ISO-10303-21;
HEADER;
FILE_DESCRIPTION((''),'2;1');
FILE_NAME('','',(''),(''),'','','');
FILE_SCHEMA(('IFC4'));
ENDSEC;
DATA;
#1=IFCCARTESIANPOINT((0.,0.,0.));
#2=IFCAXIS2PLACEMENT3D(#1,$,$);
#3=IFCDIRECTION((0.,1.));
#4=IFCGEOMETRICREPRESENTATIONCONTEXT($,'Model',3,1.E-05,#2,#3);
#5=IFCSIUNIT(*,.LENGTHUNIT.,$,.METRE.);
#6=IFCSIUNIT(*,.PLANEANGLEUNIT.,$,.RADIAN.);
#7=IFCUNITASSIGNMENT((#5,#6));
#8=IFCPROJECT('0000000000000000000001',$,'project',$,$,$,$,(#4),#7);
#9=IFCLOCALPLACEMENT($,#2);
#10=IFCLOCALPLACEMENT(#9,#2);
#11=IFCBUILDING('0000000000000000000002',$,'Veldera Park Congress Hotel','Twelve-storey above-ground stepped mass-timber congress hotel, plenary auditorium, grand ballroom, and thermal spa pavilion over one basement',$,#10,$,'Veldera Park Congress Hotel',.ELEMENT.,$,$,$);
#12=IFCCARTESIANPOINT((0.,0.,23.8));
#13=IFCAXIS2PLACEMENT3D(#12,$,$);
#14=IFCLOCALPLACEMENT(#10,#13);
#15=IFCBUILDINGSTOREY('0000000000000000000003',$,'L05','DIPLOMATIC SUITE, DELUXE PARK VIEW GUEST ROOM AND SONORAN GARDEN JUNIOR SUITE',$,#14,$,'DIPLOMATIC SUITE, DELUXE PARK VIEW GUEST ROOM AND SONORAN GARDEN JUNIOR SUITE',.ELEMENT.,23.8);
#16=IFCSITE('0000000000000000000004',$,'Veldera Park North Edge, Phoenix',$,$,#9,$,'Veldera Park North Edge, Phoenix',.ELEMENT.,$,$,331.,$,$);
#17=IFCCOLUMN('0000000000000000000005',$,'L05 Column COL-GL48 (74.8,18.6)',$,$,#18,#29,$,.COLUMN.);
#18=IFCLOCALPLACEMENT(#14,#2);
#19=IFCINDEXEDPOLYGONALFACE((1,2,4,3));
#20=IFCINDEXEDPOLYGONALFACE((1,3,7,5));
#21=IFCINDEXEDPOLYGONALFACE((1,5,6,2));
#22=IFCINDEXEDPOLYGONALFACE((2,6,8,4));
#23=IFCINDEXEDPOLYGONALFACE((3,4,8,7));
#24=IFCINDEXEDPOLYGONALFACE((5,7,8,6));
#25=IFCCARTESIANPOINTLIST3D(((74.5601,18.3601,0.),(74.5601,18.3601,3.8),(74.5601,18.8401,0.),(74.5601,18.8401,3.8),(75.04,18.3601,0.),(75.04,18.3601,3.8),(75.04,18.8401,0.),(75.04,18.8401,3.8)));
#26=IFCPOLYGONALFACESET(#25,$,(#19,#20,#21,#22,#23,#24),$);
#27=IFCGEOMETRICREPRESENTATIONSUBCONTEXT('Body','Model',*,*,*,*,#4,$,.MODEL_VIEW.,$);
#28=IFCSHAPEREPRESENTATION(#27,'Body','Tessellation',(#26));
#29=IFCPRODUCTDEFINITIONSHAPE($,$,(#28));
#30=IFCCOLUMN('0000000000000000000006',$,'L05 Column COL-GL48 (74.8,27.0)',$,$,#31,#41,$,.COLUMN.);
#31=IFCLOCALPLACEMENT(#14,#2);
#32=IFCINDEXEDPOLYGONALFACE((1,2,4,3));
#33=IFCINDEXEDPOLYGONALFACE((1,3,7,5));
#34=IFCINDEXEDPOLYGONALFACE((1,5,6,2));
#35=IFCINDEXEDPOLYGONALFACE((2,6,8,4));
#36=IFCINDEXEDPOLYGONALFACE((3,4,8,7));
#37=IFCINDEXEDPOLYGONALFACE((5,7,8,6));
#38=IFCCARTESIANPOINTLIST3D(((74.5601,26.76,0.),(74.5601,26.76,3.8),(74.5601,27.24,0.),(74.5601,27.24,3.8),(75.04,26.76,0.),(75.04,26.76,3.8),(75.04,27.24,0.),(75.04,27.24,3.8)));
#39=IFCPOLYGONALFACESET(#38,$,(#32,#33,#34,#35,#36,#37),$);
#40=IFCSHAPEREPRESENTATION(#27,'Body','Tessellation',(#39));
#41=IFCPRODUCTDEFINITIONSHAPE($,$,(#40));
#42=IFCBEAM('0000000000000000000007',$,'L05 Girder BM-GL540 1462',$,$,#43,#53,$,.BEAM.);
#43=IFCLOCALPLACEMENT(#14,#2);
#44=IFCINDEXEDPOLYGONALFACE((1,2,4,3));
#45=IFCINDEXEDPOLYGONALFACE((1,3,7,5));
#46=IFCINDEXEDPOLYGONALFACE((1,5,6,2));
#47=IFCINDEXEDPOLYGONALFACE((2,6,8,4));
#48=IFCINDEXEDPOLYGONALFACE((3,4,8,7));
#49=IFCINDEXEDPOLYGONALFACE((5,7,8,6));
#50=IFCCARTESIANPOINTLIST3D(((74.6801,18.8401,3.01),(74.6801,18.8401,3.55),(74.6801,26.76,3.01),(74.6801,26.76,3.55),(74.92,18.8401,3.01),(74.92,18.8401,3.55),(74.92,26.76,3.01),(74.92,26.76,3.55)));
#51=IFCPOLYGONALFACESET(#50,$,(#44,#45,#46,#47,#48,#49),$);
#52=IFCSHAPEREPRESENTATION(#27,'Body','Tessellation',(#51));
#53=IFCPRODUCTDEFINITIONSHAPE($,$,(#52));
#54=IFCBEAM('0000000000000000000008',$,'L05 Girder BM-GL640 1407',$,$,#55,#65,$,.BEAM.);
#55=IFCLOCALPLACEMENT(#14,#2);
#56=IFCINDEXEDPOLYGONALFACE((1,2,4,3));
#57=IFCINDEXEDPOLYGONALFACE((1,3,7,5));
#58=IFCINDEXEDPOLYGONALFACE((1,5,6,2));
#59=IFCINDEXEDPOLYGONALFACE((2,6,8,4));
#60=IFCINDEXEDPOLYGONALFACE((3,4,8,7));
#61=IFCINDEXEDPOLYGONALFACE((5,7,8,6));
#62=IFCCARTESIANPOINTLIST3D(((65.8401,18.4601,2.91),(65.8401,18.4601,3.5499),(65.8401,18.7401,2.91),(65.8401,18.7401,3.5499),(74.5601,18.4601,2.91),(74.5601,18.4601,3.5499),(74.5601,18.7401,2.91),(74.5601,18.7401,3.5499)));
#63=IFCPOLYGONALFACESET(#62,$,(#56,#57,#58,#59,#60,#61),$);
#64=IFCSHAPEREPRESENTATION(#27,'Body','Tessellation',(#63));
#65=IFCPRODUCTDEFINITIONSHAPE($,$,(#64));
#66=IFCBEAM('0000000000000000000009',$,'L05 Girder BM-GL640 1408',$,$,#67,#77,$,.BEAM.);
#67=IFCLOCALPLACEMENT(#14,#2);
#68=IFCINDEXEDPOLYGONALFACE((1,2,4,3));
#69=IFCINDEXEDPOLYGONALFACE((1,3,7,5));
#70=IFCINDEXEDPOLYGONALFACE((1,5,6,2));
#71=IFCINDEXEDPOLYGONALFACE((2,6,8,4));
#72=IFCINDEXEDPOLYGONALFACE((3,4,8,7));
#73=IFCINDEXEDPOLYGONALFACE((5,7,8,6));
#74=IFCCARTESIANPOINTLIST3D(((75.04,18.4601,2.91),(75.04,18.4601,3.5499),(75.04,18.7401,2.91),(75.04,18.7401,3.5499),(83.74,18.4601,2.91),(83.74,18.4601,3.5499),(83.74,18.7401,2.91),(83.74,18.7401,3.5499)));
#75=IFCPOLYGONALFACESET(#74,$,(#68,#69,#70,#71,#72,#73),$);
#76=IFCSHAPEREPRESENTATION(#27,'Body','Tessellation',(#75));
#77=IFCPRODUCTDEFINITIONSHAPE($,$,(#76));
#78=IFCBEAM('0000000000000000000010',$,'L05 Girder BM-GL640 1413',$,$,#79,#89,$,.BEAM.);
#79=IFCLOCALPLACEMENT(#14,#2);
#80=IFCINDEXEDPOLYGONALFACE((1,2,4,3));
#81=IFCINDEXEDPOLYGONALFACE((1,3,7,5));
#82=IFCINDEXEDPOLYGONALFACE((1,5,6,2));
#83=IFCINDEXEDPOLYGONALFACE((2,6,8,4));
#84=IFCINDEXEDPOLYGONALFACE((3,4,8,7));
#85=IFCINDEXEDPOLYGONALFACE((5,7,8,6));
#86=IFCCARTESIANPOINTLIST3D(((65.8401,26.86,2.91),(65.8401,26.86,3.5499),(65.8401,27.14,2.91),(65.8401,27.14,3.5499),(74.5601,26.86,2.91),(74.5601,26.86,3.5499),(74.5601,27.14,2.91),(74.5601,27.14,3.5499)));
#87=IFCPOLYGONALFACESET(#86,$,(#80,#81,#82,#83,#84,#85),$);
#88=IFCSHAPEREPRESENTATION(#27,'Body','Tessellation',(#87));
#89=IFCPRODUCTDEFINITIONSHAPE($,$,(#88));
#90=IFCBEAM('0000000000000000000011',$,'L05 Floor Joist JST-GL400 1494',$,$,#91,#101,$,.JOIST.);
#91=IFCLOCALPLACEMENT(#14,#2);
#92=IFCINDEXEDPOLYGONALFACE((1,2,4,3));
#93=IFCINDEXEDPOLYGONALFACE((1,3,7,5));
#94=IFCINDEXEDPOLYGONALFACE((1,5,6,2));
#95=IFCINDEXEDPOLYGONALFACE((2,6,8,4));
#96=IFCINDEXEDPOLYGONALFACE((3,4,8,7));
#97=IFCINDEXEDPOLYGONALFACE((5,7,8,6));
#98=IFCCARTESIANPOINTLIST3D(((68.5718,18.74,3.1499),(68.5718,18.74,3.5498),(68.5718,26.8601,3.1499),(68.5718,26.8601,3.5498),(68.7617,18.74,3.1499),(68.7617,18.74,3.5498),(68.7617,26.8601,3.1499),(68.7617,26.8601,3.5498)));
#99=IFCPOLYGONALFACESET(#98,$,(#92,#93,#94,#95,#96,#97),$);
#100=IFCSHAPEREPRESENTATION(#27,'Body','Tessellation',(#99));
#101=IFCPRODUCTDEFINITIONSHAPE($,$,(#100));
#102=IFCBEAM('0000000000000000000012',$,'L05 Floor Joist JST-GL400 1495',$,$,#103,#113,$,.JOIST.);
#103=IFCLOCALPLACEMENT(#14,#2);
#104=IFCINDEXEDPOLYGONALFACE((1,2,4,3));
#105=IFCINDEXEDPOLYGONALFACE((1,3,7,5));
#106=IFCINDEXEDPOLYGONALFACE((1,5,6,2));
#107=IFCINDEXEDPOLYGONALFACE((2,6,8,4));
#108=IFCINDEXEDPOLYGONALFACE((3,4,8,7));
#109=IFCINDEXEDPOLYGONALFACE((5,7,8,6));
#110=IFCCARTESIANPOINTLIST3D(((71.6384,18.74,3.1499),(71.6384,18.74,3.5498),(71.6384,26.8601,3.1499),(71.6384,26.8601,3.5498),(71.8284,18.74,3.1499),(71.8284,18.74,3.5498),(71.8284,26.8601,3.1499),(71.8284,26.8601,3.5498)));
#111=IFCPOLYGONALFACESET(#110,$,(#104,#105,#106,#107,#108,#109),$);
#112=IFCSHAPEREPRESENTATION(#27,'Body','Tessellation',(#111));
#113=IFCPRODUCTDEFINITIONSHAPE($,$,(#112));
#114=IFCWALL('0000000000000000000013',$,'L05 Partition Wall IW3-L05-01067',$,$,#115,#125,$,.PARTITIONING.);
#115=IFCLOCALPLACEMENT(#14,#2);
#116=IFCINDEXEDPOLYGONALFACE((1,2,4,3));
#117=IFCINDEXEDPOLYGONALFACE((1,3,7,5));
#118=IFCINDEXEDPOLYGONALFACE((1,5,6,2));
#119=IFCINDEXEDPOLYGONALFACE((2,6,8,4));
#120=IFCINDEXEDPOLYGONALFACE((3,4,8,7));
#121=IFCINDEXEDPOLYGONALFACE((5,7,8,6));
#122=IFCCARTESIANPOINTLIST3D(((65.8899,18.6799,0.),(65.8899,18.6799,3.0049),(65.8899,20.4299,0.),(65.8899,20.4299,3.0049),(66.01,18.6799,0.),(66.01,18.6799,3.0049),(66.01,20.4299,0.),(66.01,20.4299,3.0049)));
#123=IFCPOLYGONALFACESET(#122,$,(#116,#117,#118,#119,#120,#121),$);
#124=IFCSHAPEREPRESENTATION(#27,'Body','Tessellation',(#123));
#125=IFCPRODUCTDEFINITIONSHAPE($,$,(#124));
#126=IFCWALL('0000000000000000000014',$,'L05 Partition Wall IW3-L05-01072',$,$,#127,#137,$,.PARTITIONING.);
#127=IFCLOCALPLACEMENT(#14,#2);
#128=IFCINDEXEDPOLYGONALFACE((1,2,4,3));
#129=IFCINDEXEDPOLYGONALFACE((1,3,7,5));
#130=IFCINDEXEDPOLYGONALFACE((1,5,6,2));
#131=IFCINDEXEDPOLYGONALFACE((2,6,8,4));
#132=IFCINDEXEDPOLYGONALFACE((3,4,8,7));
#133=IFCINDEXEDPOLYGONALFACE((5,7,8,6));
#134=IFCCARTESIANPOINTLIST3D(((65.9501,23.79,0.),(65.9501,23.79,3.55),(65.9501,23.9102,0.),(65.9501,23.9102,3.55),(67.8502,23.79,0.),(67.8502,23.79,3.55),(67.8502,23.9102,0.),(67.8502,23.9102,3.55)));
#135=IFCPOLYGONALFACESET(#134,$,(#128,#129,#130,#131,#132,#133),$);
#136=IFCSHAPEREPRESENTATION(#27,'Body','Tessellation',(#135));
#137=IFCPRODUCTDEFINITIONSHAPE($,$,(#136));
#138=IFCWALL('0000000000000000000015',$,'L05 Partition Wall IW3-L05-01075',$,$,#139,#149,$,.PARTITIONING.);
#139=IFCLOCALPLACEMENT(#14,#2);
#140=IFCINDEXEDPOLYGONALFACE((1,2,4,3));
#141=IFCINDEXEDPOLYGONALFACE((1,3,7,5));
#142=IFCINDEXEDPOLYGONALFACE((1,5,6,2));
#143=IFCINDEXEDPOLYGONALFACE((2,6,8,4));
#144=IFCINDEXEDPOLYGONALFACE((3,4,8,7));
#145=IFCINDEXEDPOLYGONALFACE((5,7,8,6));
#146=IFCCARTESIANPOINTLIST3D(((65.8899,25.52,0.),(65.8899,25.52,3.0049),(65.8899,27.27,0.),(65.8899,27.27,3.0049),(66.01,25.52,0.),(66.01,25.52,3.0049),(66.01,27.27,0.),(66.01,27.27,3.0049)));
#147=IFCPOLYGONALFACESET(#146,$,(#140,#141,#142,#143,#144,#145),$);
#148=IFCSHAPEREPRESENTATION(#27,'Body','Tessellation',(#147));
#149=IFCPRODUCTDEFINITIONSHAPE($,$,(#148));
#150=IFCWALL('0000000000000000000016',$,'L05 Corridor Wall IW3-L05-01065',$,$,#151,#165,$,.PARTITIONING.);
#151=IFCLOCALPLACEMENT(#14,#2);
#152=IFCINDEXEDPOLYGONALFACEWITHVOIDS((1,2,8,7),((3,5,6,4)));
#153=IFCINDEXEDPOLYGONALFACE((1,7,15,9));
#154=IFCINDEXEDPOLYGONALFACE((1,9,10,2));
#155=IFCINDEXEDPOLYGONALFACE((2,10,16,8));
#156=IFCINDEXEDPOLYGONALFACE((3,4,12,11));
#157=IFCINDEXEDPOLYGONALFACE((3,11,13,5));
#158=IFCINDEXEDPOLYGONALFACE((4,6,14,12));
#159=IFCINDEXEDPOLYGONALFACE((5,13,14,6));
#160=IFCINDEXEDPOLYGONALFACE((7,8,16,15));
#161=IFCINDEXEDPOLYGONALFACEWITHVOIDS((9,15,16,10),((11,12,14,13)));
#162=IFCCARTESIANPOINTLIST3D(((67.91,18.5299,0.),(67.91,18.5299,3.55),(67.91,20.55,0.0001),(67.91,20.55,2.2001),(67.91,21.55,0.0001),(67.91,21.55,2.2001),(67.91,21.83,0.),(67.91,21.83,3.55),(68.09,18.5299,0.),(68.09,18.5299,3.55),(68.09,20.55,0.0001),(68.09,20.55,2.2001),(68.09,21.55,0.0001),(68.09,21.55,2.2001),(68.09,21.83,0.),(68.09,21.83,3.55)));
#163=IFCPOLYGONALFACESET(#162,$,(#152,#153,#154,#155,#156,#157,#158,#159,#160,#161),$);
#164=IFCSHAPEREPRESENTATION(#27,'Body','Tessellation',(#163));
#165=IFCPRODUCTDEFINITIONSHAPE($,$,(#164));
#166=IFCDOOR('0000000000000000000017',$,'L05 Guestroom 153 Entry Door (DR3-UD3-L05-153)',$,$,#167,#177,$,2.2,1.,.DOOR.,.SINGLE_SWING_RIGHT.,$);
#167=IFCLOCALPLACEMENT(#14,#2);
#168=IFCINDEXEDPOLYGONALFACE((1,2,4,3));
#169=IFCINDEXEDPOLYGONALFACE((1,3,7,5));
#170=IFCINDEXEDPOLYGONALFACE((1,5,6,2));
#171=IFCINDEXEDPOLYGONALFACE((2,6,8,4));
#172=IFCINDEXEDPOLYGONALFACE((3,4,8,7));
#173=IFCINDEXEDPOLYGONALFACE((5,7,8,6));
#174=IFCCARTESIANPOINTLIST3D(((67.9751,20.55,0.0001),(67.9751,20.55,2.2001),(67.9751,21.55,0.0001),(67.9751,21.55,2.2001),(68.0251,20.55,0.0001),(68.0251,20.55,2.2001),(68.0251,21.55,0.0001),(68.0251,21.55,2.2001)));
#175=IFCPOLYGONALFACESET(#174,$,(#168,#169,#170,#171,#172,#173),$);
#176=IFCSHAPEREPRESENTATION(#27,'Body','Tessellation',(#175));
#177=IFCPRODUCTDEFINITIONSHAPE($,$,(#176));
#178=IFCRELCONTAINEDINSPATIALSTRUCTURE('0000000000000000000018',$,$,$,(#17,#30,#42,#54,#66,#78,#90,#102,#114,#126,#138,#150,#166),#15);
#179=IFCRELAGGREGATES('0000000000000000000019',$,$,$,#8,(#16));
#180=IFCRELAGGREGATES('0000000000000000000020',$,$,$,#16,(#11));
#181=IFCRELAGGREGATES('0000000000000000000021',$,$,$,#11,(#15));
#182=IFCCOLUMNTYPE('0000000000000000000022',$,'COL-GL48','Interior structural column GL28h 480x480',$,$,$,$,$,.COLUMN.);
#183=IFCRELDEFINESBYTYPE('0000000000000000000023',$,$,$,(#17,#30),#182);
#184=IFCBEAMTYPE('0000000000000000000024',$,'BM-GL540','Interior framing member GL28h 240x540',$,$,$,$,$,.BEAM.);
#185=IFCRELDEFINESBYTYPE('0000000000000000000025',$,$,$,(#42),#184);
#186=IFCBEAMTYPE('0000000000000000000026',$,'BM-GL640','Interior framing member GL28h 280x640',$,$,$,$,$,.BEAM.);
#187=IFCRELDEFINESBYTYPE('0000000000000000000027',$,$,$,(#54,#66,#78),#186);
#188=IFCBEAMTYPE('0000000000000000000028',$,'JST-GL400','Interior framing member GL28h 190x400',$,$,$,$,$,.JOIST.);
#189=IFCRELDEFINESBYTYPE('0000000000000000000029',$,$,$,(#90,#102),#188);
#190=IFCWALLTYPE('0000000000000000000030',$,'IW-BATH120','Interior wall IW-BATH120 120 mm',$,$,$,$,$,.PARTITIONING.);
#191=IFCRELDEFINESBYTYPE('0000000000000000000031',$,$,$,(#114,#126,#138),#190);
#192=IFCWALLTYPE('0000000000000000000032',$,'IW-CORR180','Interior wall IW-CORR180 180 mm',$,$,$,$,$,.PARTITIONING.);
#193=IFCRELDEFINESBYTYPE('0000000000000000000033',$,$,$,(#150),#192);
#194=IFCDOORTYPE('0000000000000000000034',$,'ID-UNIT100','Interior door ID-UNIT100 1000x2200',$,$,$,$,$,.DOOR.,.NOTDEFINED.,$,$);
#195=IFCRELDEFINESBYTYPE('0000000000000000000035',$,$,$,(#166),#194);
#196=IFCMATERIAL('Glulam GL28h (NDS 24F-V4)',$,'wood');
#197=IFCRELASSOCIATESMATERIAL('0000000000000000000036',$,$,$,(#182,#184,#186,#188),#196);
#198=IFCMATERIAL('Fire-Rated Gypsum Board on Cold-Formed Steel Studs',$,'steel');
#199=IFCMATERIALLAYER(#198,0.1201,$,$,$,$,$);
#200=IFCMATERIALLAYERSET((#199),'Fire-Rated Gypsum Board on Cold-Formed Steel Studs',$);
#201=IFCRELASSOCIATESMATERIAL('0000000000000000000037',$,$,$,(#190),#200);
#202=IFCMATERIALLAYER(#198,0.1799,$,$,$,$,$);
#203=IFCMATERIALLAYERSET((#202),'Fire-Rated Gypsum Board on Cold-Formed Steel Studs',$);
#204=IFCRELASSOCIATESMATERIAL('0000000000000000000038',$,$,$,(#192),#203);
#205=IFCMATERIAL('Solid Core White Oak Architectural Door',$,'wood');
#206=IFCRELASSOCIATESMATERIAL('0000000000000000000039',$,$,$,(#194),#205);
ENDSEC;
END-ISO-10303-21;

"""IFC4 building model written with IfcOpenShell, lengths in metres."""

from ifc_helpers import new_model, si_unit, direction, frame, frame_2d, origin, origin_2d, place, context, subcontext, project, spatial, rectangle, extrude, material, layer, layer_set, material_profile, profile_set, type_object, element, fill, save


model = new_model("IFC4")

# Units and contexts
model_context = context("Model", 3, precision=1e-05, world=origin(), true_north=direction((0.0, 1.0)))
body_context = subcontext(model_context, "Body", "Model", "MODEL_VIEW")
ifc_project = project(units=[si_unit("LENGTHUNIT", "METRE"), si_unit("PLANEANGLEUNIT", "RADIAN")], contexts=[model_context])

# Site, building, storey
site_placement = place(None, origin())
site = spatial("IfcSite", under=ifc_project, at=site_placement, Name="Veldera Park North Edge, Phoenix", LongName="Veldera Park North Edge, Phoenix", CompositionType="ELEMENT", RefElevation=331.0)
building_placement = place(site_placement, origin())
building = spatial("IfcBuilding", under=site, at=building_placement, Name="Veldera Park Congress Hotel", Description="Twelve-storey above-ground stepped mass-timber congress hotel, plenary auditorium, grand ballroom, and thermal spa pavilion over one basement", LongName="Veldera Park Congress Hotel", CompositionType="ELEMENT")
storey_placement = place(building_placement, frame((0.0, 0.0, 23.8)))
storey = spatial("IfcBuildingStorey", under=building, at=storey_placement, Name="L05", Description="DIPLOMATIC SUITE, DELUXE PARK VIEW GUEST ROOM AND SONORAN GARDEN JUNIOR SUITE", LongName="DIPLOMATIC SUITE, DELUXE PARK VIEW GUEST ROOM AND SONORAN GARDEN JUNIOR SUITE", CompositionType="ELEMENT", Elevation=23.8)

# Columns
ifc_material_1 = material(Name="Glulam GL28h (NDS 24F-V4)", Category="wood")
ifc_material_profile_1 = material_profile(ifc_material_1, rectangle(XDim=0.48, YDim=0.48, at=origin_2d()), Name="GL28h 480x480")
ifc_profile_set_1 = profile_set([ifc_material_profile_1], Name="Glulam GL28h (NDS 24F-V4)")
column_type = type_object("IfcColumnType", Name="COL-GL48", Description="Interior structural column GL28h 480x480", PredefinedType="COLUMN", material=ifc_profile_set_1)
for number, where, z_axis, x_axis, name in (
    (1, (74.8, 18.6001, 0.0), (0.0, 0.0, 1.0), (1.0, 0.0, 0.0), "L05 Column COL-GL48 (74.8,18.6)"),
    (2, (74.8, 27.0, 0.0), (0.0, 0.0, 1.0), (1.0, 0.0, 0.0), "L05 Column COL-GL48 (74.8,27.0)"),
):
    element("IfcColumn", number, at=place(storey_placement, frame(where, z_axis=z_axis, x_axis=x_axis)), inside=storey, type_object=column_type, Name=name, PredefinedType="COLUMN", context=body_context, shape_type="SweptSolid", body=[
        extrude(rectangle(XDim=0.48, YDim=0.48, at=origin_2d()), origin(), (0.0, 0.0, 1.0), 3.8),
    ])

# Beams
ifc_material_profile_2 = material_profile(ifc_material_1, rectangle(XDim=0.24, YDim=0.54, at=origin_2d()), Name="GL28h 240x540")
ifc_profile_set_2 = profile_set([ifc_material_profile_2], Name="Glulam GL28h (NDS 24F-V4)")
beam_type_1 = type_object("IfcBeamType", Name="BM-GL540", Description="Interior framing member GL28h 240x540", PredefinedType="BEAM", material=ifc_profile_set_2)
beam_1_placement = place(storey_placement, frame((74.8, 18.8401, 3.28), z_axis=(0.0, 1.0, 0.0), x_axis=(-1.0, 0.0, 0.0)))
element("IfcBeam", 3, at=beam_1_placement, inside=storey, type_object=beam_type_1, Name="L05 Girder BM-GL540 1462", PredefinedType="BEAM", context=body_context, shape_type="SweptSolid", body=[
    extrude(rectangle(XDim=0.24, YDim=0.54, at=origin_2d()), origin(), (0.0, 0.0, 1.0), 7.9199),
])
ifc_material_profile_3 = material_profile(ifc_material_1, rectangle(XDim=0.28, YDim=0.6399, at=origin_2d()), Name="GL28h 280x640")
ifc_profile_set_3 = profile_set([ifc_material_profile_3], Name="Glulam GL28h (NDS 24F-V4)")
beam_type_2 = type_object("IfcBeamType", Name="BM-GL640", Description="Interior framing member GL28h 280x640", PredefinedType="BEAM", material=ifc_profile_set_3)
beam_2_placement = place(storey_placement, frame((65.8401, 18.6001, 3.23), z_axis=(1.0, 0.0, 0.0), x_axis=(0.0, 1.0, 0.0)))
element("IfcBeam", 4, at=beam_2_placement, inside=storey, type_object=beam_type_2, Name="L05 Girder BM-GL640 1407", PredefinedType="BEAM", context=body_context, shape_type="SweptSolid", body=[
    extrude(rectangle(XDim=0.28, YDim=0.6399, at=origin_2d()), origin(), (0.0, 0.0, 1.0), 8.72),
])
beam_3_placement = place(storey_placement, frame((75.04, 18.6001, 3.23), z_axis=(1.0, 0.0, 0.0), x_axis=(0.0, 1.0, 0.0)))
element("IfcBeam", 5, at=beam_3_placement, inside=storey, type_object=beam_type_2, Name="L05 Girder BM-GL640 1408", PredefinedType="BEAM", context=body_context, shape_type="SweptSolid", body=[
    extrude(rectangle(XDim=0.28, YDim=0.6399, at=origin_2d()), origin(), (0.0, 0.0, 1.0), 8.7),
])
beam_4_placement = place(storey_placement, frame((65.8401, 27.0, 3.23), z_axis=(1.0, 0.0, 0.0), x_axis=(0.0, 1.0, 0.0)))
element("IfcBeam", 6, at=beam_4_placement, inside=storey, type_object=beam_type_2, Name="L05 Girder BM-GL640 1413", PredefinedType="BEAM", context=body_context, shape_type="SweptSolid", body=[
    extrude(rectangle(XDim=0.28, YDim=0.6399, at=origin_2d()), origin(), (0.0, 0.0, 1.0), 8.72),
])
ifc_material_profile_4 = material_profile(ifc_material_1, rectangle(XDim=0.1899, YDim=0.3999, at=origin_2d()), Name="GL28h 190x400")
ifc_profile_set_4 = profile_set([ifc_material_profile_4], Name="Glulam GL28h (NDS 24F-V4)")
beam_type_3 = type_object("IfcBeamType", Name="JST-GL400", Description="Interior framing member GL28h 190x400", PredefinedType="JOIST", material=ifc_profile_set_4)
for number, where, z_axis, x_axis, name in (
    (7, (68.6667, 18.74, 3.3499), (0.0, 1.0, 0.0), (-1.0, 0.0, 0.0), "L05 Floor Joist JST-GL400 1494"),
    (8, (71.7334, 18.74, 3.3499), (0.0, 1.0, 0.0), (-1.0, 0.0, 0.0), "L05 Floor Joist JST-GL400 1495"),
):
    element("IfcBeam", number, at=place(storey_placement, frame(where, z_axis=z_axis, x_axis=x_axis)), inside=storey, type_object=beam_type_3, Name=name, PredefinedType="JOIST", context=body_context, shape_type="SweptSolid", body=[
        extrude(rectangle(XDim=0.1899, YDim=0.3999, at=origin_2d()), origin(), (0.0, 0.0, 1.0), 8.1201),
    ])

# Wall
ifc_material_2 = material(Name="Fire-Rated Gypsum Board on Cold-Formed Steel Studs", Category="steel")
ifc_layer_1 = layer(ifc_material_2, 0.1201)
ifc_layer_set_1 = layer_set([ifc_layer_1], Name="Fire-Rated Gypsum Board on Cold-Formed Steel Studs")
wall_type_1 = type_object("IfcWallType", Name="IW-BATH120", Description="Interior wall IW-BATH120 120 mm", PredefinedType="PARTITIONING", material=ifc_layer_set_1)
wall_1_placement = place(storey_placement, frame((65.95, 18.6799, 0.0), z_axis=(0.0, 0.0, 1.0), x_axis=(0.0, 1.0, 0.0)))
element("IfcWall", 9, at=wall_1_placement, inside=storey, type_object=wall_type_1, Name="L05 Partition Wall IW3-L05-01067", PredefinedType="PARTITIONING", context=body_context, shape_type="SweptSolid", body=[
    extrude(rectangle(XDim=1.75, YDim=0.1201, at=frame_2d((0.875, 0.0))), origin(), (0.0, 0.0, 1.0), 3.0049),
])

# Shared definitions
ifc_material_3 = material(Name="Solid Core White Oak Architectural Door", Category="wood")

# Walls
wall_2_placement = place(storey_placement, frame((65.95, 23.8501, 0.0), z_axis=(0.0, 0.0, 1.0), x_axis=(1.0, 0.0, 0.0)))
element("IfcWall", 10, at=wall_2_placement, inside=storey, type_object=wall_type_1, Name="L05 Partition Wall IW3-L05-01072", PredefinedType="PARTITIONING", context=body_context, shape_type="SweptSolid", body=[
    extrude(rectangle(XDim=1.9001, YDim=0.1201, at=frame_2d((0.9502, 0.0))), origin(), (0.0, 0.0, 1.0), 3.55),
])
wall_3_placement = place(storey_placement, frame((65.95, 25.52, 0.0), z_axis=(0.0, 0.0, 1.0), x_axis=(0.0, 1.0, 0.0)))
element("IfcWall", 11, at=wall_3_placement, inside=storey, type_object=wall_type_1, Name="L05 Partition Wall IW3-L05-01075", PredefinedType="PARTITIONING", context=body_context, shape_type="SweptSolid", body=[
    extrude(rectangle(XDim=1.75, YDim=0.1201, at=frame_2d((0.875, 0.0))), origin(), (0.0, 0.0, 1.0), 3.0049),
])

# Wall, opening, door
ifc_layer_2 = layer(ifc_material_2, 0.1799)
ifc_layer_set_2 = layer_set([ifc_layer_2], Name="Fire-Rated Gypsum Board on Cold-Formed Steel Studs")
wall_type_2 = type_object("IfcWallType", Name="IW-CORR180", Description="Interior wall IW-CORR180 180 mm", PredefinedType="PARTITIONING", material=ifc_layer_set_2)
wall_4_placement = place(storey_placement, frame((68.0, 18.53, 0.0), z_axis=(0.0, 0.0, 1.0), x_axis=(0.0, 1.0, 0.0)))
wall_4 = element("IfcWall", 12, at=wall_4_placement, inside=storey, type_object=wall_type_2, Name="L05 Corridor Wall IW3-L05-01065", PredefinedType="PARTITIONING", context=body_context, shape_type="SweptSolid", body=[
    extrude(rectangle(XDim=3.3, YDim=0.1799, at=frame_2d((1.6499, 0.0))), origin(), (0.0, 0.0, 1.0), 3.55),
])
opening_1_placement = place(wall_4_placement, frame((2.02, 0.0, 0.0)))
opening_1 = element("IfcOpeningElement", 13, at=opening_1_placement, cuts=wall_4, PredefinedType="OPENING", context=body_context, shape_type="SweptSolid", body=[
    extrude(rectangle(XDim=1.0, YDim=2.2, at=frame_2d((0.5, 1.1001))), frame((0.0, 0.1021, 0.0), z_axis=(0.0, -1.0, 0.0), x_axis=(1.0, 0.0, 0.0)), (0.0, 0.0, 1.0), 0.2039),
])
door_type_1 = type_object("IfcDoorType", Name="ID-UNIT100", Description="Interior door ID-UNIT100 1000x2200", OperationType="NOTDEFINED", PredefinedType="DOOR", material=ifc_material_3)
door_1_placement = place(opening_1_placement, origin())
door_1 = element("IfcDoor", 14, at=door_1_placement, inside=storey, type_object=door_type_1, Name="L05 Guestroom 153 Entry Door (DR3-UD3-L05-153)", OperationType="SINGLE_SWING_RIGHT", OverallHeight=2.2, OverallWidth=1.0, PredefinedType="DOOR", context=body_context, shape_type="SweptSolid", body=[
    extrude(rectangle(XDim=1.0, YDim=2.2, at=frame_2d((0.5, 1.1001))), frame((0.0, 0.0249, 0.0), z_axis=(0.0, -1.0, 0.0), x_axis=(1.0, 0.0, 0.0)), (0.0, 0.0, 1.0), 0.05),
])
fill(opening_1, door_1)

save(model, "model.ifc")
